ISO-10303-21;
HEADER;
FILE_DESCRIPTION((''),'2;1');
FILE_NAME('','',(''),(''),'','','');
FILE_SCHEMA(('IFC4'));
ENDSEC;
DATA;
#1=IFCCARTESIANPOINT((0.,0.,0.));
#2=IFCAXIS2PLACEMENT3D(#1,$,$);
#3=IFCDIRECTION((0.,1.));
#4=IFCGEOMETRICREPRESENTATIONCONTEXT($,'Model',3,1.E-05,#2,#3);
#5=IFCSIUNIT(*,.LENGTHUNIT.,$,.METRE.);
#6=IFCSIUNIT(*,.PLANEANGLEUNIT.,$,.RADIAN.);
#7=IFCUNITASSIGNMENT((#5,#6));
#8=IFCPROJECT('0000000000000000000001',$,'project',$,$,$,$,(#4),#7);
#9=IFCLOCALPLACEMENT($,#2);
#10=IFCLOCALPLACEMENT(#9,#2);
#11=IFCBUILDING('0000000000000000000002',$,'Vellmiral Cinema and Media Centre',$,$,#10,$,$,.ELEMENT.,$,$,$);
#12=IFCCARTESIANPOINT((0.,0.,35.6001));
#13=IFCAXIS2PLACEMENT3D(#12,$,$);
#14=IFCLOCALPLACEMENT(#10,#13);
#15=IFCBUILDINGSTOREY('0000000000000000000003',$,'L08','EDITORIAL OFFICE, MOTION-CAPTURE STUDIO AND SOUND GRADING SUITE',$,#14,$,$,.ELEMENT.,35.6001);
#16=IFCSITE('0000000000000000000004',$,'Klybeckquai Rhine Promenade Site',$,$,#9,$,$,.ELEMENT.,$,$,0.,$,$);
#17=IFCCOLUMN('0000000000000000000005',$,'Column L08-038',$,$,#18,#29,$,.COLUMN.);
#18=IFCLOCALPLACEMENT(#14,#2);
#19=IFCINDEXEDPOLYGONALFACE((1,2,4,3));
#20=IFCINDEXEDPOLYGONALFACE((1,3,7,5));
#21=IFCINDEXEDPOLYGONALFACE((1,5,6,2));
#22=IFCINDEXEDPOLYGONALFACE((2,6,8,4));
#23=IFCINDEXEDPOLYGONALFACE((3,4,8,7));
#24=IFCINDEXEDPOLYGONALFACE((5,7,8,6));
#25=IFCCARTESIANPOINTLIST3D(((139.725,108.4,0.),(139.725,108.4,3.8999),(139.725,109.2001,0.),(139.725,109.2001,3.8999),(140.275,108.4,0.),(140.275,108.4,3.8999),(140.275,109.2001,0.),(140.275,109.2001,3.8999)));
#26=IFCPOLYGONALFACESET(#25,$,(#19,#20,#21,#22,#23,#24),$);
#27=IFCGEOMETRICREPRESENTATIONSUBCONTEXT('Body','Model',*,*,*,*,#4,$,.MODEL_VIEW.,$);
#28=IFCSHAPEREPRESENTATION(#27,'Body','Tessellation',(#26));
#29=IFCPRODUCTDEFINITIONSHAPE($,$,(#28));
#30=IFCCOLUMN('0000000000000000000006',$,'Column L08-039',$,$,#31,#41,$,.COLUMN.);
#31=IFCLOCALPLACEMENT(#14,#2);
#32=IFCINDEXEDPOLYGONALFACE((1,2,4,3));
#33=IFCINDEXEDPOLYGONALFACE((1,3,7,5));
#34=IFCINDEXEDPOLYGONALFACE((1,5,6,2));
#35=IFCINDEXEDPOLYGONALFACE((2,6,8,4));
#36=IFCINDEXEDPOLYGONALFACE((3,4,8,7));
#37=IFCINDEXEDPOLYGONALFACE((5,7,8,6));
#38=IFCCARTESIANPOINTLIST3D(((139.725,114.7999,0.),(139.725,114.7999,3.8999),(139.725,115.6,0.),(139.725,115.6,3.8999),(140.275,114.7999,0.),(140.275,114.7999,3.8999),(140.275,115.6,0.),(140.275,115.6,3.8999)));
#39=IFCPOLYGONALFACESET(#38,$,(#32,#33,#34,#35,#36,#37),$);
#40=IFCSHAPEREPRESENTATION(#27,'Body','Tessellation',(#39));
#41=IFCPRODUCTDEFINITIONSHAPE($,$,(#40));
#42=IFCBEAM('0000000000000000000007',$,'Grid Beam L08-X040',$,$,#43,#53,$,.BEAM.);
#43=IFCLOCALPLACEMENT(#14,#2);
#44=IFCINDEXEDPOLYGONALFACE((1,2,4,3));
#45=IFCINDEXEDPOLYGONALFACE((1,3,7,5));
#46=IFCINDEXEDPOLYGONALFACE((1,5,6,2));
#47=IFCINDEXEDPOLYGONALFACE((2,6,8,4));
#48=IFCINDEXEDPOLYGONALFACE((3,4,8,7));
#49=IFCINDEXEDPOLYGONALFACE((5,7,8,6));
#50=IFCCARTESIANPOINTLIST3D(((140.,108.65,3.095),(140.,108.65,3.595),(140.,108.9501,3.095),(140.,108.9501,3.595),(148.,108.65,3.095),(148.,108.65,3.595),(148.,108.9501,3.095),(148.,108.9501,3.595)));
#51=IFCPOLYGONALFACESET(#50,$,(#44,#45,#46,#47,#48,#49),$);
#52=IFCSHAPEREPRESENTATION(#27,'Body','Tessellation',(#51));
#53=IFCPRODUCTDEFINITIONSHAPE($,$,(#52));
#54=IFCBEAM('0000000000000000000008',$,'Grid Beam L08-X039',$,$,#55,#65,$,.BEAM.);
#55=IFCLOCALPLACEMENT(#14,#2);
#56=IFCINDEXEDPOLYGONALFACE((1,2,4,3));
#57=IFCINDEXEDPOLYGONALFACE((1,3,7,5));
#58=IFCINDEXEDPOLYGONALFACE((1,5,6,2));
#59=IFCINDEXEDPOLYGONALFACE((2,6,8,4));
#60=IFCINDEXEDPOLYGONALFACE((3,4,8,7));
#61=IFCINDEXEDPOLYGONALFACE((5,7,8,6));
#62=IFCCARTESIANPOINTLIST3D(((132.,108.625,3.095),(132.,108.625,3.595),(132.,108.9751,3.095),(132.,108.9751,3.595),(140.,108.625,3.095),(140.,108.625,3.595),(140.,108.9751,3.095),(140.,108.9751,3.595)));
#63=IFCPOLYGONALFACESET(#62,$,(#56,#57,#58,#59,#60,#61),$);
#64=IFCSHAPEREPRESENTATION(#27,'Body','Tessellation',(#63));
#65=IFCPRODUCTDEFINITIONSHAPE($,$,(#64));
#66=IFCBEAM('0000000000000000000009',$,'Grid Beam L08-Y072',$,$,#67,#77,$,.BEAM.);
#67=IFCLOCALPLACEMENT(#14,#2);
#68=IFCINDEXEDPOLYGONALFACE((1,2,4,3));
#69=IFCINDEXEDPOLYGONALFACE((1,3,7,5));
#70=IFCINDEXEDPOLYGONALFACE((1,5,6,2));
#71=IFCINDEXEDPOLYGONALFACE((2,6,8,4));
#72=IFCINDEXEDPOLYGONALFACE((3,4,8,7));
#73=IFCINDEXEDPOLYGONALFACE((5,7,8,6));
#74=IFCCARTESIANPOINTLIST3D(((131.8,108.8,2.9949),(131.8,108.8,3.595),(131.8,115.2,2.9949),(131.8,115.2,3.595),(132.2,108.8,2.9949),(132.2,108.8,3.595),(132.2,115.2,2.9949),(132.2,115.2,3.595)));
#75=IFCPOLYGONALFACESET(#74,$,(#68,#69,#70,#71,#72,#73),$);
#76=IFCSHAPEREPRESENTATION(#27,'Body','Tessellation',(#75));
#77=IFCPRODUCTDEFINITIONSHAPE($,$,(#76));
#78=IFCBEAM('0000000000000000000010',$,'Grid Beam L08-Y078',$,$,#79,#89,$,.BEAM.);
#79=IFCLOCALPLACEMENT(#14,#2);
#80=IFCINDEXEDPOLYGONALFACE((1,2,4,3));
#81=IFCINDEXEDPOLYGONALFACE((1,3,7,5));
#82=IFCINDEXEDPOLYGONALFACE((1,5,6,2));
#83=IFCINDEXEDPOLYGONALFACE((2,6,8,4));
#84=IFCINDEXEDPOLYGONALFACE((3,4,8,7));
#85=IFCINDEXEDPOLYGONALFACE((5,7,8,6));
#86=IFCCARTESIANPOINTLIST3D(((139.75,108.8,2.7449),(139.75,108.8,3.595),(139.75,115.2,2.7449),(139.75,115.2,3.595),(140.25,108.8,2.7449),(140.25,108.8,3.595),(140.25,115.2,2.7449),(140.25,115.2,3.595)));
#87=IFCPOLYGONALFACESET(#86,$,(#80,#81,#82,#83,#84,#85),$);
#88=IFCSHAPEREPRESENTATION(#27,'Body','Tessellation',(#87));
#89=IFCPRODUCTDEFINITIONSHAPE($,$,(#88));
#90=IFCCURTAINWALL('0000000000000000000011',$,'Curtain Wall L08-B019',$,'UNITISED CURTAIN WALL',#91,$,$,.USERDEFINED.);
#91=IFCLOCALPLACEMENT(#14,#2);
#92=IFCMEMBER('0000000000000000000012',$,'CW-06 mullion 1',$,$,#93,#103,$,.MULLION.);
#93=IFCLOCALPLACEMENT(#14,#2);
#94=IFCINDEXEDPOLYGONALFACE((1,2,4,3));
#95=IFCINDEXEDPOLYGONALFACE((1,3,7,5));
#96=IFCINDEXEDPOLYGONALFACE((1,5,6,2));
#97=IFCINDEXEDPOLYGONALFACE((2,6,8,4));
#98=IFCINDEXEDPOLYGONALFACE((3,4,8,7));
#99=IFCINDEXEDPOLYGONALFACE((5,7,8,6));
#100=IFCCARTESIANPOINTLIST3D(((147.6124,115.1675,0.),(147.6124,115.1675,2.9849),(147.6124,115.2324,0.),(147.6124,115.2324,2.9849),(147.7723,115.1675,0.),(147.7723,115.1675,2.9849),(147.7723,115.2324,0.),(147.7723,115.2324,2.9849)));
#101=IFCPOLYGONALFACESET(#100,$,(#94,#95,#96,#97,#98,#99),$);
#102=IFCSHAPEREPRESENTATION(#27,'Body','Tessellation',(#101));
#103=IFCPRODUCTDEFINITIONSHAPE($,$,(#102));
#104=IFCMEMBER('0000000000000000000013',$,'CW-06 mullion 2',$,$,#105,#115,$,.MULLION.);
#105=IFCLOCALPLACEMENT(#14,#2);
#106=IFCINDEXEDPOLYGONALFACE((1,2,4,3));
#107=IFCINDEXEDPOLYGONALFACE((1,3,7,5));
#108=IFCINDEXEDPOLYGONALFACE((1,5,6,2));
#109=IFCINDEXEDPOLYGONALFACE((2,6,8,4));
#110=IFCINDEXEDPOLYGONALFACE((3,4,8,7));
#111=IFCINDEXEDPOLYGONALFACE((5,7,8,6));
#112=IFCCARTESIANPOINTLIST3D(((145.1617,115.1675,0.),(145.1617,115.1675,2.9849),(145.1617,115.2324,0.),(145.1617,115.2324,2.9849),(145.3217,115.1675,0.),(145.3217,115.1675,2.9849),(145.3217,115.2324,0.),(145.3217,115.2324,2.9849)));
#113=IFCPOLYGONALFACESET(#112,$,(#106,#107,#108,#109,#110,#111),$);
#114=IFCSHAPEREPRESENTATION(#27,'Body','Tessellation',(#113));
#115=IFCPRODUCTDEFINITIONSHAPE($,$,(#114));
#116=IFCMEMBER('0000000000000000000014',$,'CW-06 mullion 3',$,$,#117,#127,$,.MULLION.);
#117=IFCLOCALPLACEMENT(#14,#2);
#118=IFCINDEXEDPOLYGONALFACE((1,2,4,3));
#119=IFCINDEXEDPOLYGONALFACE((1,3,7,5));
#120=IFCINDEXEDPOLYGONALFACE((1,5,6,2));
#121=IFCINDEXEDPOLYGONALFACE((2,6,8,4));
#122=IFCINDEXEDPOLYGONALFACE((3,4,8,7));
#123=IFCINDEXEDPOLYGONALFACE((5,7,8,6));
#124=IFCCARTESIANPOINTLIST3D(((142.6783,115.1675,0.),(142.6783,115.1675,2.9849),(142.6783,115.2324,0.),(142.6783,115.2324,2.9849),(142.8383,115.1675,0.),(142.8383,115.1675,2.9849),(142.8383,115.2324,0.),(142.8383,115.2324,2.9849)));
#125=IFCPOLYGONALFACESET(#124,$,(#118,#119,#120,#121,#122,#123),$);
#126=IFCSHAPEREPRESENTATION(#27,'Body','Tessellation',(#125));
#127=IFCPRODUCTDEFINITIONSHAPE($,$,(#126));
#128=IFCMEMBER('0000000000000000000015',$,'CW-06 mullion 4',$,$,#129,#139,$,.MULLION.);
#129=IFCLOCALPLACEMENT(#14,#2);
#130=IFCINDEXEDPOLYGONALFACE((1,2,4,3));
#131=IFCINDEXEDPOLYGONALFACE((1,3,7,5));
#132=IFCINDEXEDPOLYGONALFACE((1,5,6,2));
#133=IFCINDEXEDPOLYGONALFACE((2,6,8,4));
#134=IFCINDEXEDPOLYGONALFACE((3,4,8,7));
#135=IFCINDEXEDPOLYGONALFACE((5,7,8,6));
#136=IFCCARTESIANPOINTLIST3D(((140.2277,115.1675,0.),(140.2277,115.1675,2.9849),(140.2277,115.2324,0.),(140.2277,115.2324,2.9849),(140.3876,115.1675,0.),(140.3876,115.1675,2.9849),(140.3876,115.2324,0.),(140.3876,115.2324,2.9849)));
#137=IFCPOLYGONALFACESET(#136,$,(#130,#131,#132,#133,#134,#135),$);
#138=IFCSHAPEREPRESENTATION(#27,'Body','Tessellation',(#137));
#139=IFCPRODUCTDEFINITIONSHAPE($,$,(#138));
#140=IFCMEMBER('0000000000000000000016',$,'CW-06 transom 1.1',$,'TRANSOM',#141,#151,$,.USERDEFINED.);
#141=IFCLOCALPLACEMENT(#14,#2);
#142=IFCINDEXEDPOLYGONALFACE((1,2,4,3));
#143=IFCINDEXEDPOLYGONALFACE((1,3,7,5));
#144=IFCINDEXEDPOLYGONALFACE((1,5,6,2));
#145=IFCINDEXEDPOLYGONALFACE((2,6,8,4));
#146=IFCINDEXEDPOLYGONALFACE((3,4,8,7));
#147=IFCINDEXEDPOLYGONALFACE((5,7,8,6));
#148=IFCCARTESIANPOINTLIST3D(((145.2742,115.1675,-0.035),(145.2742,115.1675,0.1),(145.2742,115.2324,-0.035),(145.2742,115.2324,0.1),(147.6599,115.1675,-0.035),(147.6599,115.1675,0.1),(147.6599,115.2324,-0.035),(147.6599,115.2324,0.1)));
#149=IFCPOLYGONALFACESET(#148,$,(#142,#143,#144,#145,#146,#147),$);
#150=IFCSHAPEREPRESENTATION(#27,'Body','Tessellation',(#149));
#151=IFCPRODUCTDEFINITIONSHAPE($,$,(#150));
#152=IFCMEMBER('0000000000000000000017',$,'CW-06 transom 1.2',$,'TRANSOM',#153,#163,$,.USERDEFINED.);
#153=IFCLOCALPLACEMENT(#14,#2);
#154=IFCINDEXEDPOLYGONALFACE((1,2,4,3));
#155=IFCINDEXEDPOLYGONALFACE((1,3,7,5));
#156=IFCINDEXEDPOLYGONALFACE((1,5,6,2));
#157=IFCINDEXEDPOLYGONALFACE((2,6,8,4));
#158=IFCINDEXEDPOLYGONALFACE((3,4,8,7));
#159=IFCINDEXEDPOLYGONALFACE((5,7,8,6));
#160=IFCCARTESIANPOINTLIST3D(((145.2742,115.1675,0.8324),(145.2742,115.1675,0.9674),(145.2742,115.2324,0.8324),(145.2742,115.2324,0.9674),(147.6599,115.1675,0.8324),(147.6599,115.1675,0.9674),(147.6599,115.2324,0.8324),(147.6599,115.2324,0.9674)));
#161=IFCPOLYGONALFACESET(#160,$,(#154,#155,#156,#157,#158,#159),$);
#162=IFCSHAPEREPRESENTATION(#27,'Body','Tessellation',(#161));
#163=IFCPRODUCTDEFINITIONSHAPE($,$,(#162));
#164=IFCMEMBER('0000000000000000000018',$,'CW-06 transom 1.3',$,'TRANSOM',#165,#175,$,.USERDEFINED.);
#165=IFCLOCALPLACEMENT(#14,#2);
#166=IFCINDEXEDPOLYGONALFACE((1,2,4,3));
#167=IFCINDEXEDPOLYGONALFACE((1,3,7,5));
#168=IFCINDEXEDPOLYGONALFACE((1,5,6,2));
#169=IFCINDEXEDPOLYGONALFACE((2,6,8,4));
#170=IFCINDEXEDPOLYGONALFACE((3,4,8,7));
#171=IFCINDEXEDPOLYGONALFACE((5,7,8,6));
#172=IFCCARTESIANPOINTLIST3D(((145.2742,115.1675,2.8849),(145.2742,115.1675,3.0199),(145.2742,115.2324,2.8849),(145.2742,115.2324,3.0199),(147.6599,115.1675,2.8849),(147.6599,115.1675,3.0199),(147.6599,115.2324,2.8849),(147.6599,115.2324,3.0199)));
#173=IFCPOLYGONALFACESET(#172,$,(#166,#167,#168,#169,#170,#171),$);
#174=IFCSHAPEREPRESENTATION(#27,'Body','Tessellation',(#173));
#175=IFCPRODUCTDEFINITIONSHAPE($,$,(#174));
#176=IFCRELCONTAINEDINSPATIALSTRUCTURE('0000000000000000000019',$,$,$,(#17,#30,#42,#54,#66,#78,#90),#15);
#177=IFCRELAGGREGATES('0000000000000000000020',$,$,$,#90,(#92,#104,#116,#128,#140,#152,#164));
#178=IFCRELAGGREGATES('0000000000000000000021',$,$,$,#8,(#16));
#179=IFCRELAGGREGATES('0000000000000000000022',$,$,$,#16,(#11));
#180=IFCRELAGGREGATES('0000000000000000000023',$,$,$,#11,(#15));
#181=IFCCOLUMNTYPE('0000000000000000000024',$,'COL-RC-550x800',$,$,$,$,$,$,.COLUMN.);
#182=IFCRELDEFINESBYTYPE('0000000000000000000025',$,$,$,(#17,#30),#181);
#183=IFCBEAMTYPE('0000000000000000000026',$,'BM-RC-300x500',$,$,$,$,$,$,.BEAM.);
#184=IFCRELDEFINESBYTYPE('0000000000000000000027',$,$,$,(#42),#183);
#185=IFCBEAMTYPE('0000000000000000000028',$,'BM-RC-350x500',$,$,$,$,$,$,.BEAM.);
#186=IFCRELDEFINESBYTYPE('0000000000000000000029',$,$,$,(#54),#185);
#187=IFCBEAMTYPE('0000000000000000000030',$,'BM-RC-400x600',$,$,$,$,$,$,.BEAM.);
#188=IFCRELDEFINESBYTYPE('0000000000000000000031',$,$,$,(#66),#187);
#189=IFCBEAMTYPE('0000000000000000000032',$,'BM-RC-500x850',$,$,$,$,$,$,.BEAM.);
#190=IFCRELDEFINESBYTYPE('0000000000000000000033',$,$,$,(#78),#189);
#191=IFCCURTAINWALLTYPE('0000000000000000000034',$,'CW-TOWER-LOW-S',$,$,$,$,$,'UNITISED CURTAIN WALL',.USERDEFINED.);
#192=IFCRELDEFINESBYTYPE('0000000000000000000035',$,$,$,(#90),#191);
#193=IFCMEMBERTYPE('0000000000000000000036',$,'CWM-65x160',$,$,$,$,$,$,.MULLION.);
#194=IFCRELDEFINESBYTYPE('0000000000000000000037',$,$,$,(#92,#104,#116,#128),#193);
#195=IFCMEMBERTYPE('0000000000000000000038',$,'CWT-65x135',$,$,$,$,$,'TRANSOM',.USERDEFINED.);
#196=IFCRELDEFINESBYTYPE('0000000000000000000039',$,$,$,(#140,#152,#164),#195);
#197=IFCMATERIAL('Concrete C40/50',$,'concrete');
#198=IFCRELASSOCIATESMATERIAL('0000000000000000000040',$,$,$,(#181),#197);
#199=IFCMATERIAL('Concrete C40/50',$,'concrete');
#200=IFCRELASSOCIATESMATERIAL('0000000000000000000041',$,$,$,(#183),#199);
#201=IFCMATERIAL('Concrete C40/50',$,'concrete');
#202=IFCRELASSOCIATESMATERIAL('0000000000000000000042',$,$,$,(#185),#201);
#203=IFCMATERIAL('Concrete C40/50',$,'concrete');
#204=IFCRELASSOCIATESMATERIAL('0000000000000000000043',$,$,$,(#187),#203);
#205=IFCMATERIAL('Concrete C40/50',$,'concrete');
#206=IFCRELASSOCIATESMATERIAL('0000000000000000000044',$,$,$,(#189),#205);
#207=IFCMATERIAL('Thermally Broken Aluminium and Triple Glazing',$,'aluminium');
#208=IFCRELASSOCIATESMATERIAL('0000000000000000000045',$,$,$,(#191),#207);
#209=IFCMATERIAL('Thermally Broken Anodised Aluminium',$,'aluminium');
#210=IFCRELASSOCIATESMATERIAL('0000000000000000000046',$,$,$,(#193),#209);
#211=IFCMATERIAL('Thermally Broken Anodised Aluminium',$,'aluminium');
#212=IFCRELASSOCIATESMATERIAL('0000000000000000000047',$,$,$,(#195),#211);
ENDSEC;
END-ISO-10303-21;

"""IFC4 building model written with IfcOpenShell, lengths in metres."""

from ifc_helpers import new_model, si_unit, direction, frame, origin, origin_2d, place, context, subcontext, project, spatial, rectangle, extrude, material, material_profile, profile_set, type_object, element, aggregate, save


model = new_model("IFC4")

# Units and contexts
model_context = context("Model", 3, precision=1e-05, world=origin(), true_north=direction((0.0, 1.0)))
body_context = subcontext(model_context, "Body", "Model", "MODEL_VIEW")
ifc_project = project(units=[si_unit("LENGTHUNIT", "METRE"), si_unit("PLANEANGLEUNIT", "RADIAN")], contexts=[model_context])

# Site, building, storey
site_placement = place(None, origin())
site = spatial("IfcSite", under=ifc_project, at=site_placement, Name="Klybeckquai Rhine Promenade Site", CompositionType="ELEMENT", RefElevation=0.0)
building_placement = place(site_placement, origin())
building = spatial("IfcBuilding", under=site, at=building_placement, Name="Vellmiral Cinema and Media Centre", CompositionType="ELEMENT")
storey_placement = place(building_placement, frame((0.0, 0.0, 35.6001)))
storey = spatial("IfcBuildingStorey", under=building, at=storey_placement, Name="L08", Description="EDITORIAL OFFICE, MOTION-CAPTURE STUDIO AND SOUND GRADING SUITE", CompositionType="ELEMENT", Elevation=35.6001)

# Columns
ifc_material_1 = material(Name="Concrete C40/50", Category="concrete")
ifc_material_profile_1 = material_profile(ifc_material_1, rectangle(XDim=0.55, YDim=0.8, at=origin_2d()), Name="RC 550x800")
ifc_profile_set_1 = profile_set([ifc_material_profile_1], Name="Concrete C40/50")
column_type = type_object("IfcColumnType", Name="COL-RC-550x800", PredefinedType="COLUMN", material=ifc_profile_set_1)
for number, where, z_axis, x_axis, name in (
    (1, (140.0, 108.8, 0.0), (0.0, 0.0, 1.0), (1.0, 0.0, 0.0), "Column L08-038"),
    (2, (140.0, 115.2, 0.0), (0.0, 0.0, 1.0), (1.0, 0.0, 0.0), "Column L08-039"),
):
    element("IfcColumn", number, at=place(storey_placement, frame(where, z_axis=z_axis, x_axis=x_axis)), inside=storey, type_object=column_type, Name=name, PredefinedType="COLUMN", context=body_context, shape_type="SweptSolid", body=[
        extrude(rectangle(XDim=0.55, YDim=0.8, at=origin_2d()), origin(), (0.0, 0.0, 1.0), 3.8999),
    ])

# Beams
ifc_material_2 = material(Name="Concrete C40/50", Category="concrete")
ifc_material_profile_2 = material_profile(ifc_material_2, rectangle(XDim=0.3, YDim=0.5, at=origin_2d()), Name="RC 300x500")
ifc_profile_set_2 = profile_set([ifc_material_profile_2], Name="Concrete C40/50")
beam_type_1 = type_object("IfcBeamType", Name="BM-RC-300x500", PredefinedType="BEAM", material=ifc_profile_set_2)
beam_1_placement = place(storey_placement, frame((140.0, 108.8, 3.345), z_axis=(1.0, 0.0, 0.0), x_axis=(0.0, 1.0, 0.0)))
element("IfcBeam", 3, at=beam_1_placement, inside=storey, type_object=beam_type_1, Name="Grid Beam L08-X040", PredefinedType="BEAM", context=body_context, shape_type="SweptSolid", body=[
    extrude(rectangle(XDim=0.3, YDim=0.5, at=origin_2d()), origin(), (0.0, 0.0, 1.0), 8.0),
])
ifc_material_3 = material(Name="Concrete C40/50", Category="concrete")
ifc_material_profile_3 = material_profile(ifc_material_3, rectangle(XDim=0.3501, YDim=0.5, at=origin_2d()), Name="RC 350x500")
ifc_profile_set_3 = profile_set([ifc_material_profile_3], Name="Concrete C40/50")
beam_type_2 = type_object("IfcBeamType", Name="BM-RC-350x500", PredefinedType="BEAM", material=ifc_profile_set_3)
beam_2_placement = place(storey_placement, frame((132.0, 108.8, 3.345), z_axis=(1.0, 0.0, 0.0), x_axis=(0.0, 1.0, 0.0)))
element("IfcBeam", 4, at=beam_2_placement, inside=storey, type_object=beam_type_2, Name="Grid Beam L08-X039", PredefinedType="BEAM", context=body_context, shape_type="SweptSolid", body=[
    extrude(rectangle(XDim=0.3501, YDim=0.5, at=origin_2d()), origin(), (0.0, 0.0, 1.0), 8.0),
])
ifc_material_4 = material(Name="Concrete C40/50", Category="concrete")
ifc_material_profile_4 = material_profile(ifc_material_4, rectangle(XDim=0.3999, YDim=0.6001, at=origin_2d()), Name="RC 400x600")
ifc_profile_set_4 = profile_set([ifc_material_profile_4], Name="Concrete C40/50")
beam_type_3 = type_object("IfcBeamType", Name="BM-RC-400x600", PredefinedType="BEAM", material=ifc_profile_set_4)
beam_3_placement = place(storey_placement, frame((132.0, 108.8, 3.2949), z_axis=(0.0, 1.0, 0.0), x_axis=(-1.0, 0.0, 0.0)))
element("IfcBeam", 5, at=beam_3_placement, inside=storey, type_object=beam_type_3, Name="Grid Beam L08-Y072", PredefinedType="BEAM", context=body_context, shape_type="SweptSolid", body=[
    extrude(rectangle(XDim=0.3999, YDim=0.6001, at=origin_2d()), origin(), (0.0, 0.0, 1.0), 6.3999),
])
ifc_material_5 = material(Name="Concrete C40/50", Category="concrete")
ifc_material_profile_5 = material_profile(ifc_material_5, rectangle(XDim=0.5, YDim=0.8501, at=origin_2d()), Name="RC 500x850")
ifc_profile_set_5 = profile_set([ifc_material_profile_5], Name="Concrete C40/50")
beam_type_4 = type_object("IfcBeamType", Name="BM-RC-500x850", PredefinedType="BEAM", material=ifc_profile_set_5)
beam_4_placement = place(storey_placement, frame((140.0, 108.8, 3.1699), z_axis=(0.0, 1.0, 0.0), x_axis=(-1.0, 0.0, 0.0)))
element("IfcBeam", 6, at=beam_4_placement, inside=storey, type_object=beam_type_4, Name="Grid Beam L08-Y078", PredefinedType="BEAM", context=body_context, shape_type="SweptSolid", body=[
    extrude(rectangle(XDim=0.5, YDim=0.8501, at=origin_2d()), origin(), (0.0, 0.0, 1.0), 6.3999),
])

# Curtain wall, members
ifc_material_6 = material(Name="Thermally Broken Aluminium and Triple Glazing", Category="aluminium")
curtain_wall_type = type_object("IfcCurtainWallType", Name="CW-TOWER-LOW-S", ElementType="UNITISED CURTAIN WALL", PredefinedType="USERDEFINED", material=ifc_material_6)
curtain_wall_placement = place(storey_placement, origin())
curtain_wall = element("IfcCurtainWall", 7, at=curtain_wall_placement, inside=storey, type_object=curtain_wall_type, Name="Curtain Wall L08-B019", ObjectType="UNITISED CURTAIN WALL", PredefinedType="USERDEFINED")
ifc_material_7 = material(Name="Thermally Broken Anodised Aluminium", Category="aluminium")
ifc_material_profile_6 = material_profile(ifc_material_7, rectangle(XDim=0.0649, YDim=0.1599, at=origin_2d()), Name="MULL 65x160")
ifc_profile_set_6 = profile_set([ifc_material_profile_6], Name="Thermally Broken Anodised Aluminium")
member_type_1 = type_object("IfcMemberType", Name="CWM-65x160", PredefinedType="MULLION", material=ifc_profile_set_6)
member_1_placement = place(storey_placement, frame((147.6924, 115.2, 0.0), z_axis=(0.0, 0.0, 1.0), x_axis=(0.0, -1.0, 0.0)))
member_1 = element("IfcMember", 8, at=member_1_placement, type_object=member_type_1, Name="CW-06 mullion 1", PredefinedType="MULLION", context=body_context, shape_type="SweptSolid", body=[
    extrude(rectangle(XDim=0.0649, YDim=0.1599, at=origin_2d()), origin(), (0.0, 0.0, 1.0), 2.9849),
])
member_2_placement = place(storey_placement, frame((145.2417, 115.2, 0.0), z_axis=(0.0, 0.0, 1.0), x_axis=(0.0, -1.0, 0.0)))
member_2 = element("IfcMember", 9, at=member_2_placement, type_object=member_type_1, Name="CW-06 mullion 2", PredefinedType="MULLION", context=body_context, shape_type="SweptSolid", body=[
    extrude(rectangle(XDim=0.0649, YDim=0.1599, at=origin_2d()), origin(), (0.0, 0.0, 1.0), 2.9849),
])
member_3_placement = place(storey_placement, frame((142.7583, 115.2, 0.0), z_axis=(0.0, 0.0, 1.0), x_axis=(0.0, -1.0, 0.0)))
member_3 = element("IfcMember", 10, at=member_3_placement, type_object=member_type_1, Name="CW-06 mullion 3", PredefinedType="MULLION", context=body_context, shape_type="SweptSolid", body=[
    extrude(rectangle(XDim=0.0649, YDim=0.1599, at=origin_2d()), origin(), (0.0, 0.0, 1.0), 2.9849),
])
member_4_placement = place(storey_placement, frame((140.3076, 115.2, 0.0), z_axis=(0.0, 0.0, 1.0), x_axis=(0.0, -1.0, 0.0)))
member_4 = element("IfcMember", 11, at=member_4_placement, type_object=member_type_1, Name="CW-06 mullion 4", PredefinedType="MULLION", context=body_context, shape_type="SweptSolid", body=[
    extrude(rectangle(XDim=0.0649, YDim=0.1599, at=origin_2d()), origin(), (0.0, 0.0, 1.0), 2.9849),
])
ifc_material_8 = material(Name="Thermally Broken Anodised Aluminium", Category="aluminium")
ifc_material_profile_7 = material_profile(ifc_material_8, rectangle(XDim=0.0649, YDim=0.135, at=origin_2d()), Name="MULL 65x135")
ifc_profile_set_7 = profile_set([ifc_material_profile_7], Name="Thermally Broken Anodised Aluminium")
member_type_2 = type_object("IfcMemberType", Name="CWT-65x135", ElementType="TRANSOM", PredefinedType="USERDEFINED", material=ifc_profile_set_7)
member_5_placement = place(storey_placement, frame((147.6599, 115.2, 0.0325), z_axis=(-1.0, 0.0, 0.0), x_axis=(0.0, -1.0, 0.0)))
member_5 = element("IfcMember", 12, at=member_5_placement, type_object=member_type_2, Name="CW-06 transom 1.1", ObjectType="TRANSOM", PredefinedType="USERDEFINED", context=body_context, shape_type="SweptSolid", body=[
    extrude(rectangle(XDim=0.0649, YDim=0.135, at=origin_2d()), origin(), (0.0, 0.0, 1.0), 2.3857),
])
member_6_placement = place(storey_placement, frame((147.6599, 115.2, 0.8999), z_axis=(-1.0, 0.0, 0.0), x_axis=(0.0, -1.0, 0.0)))
member_6 = element("IfcMember", 13, at=member_6_placement, type_object=member_type_2, Name="CW-06 transom 1.2", ObjectType="TRANSOM", PredefinedType="USERDEFINED", context=body_context, shape_type="SweptSolid", body=[
    extrude(rectangle(XDim=0.0649, YDim=0.135, at=origin_2d()), origin(), (0.0, 0.0, 1.0), 2.3857),
])
member_7_placement = place(storey_placement, frame((147.6599, 115.2, 2.9524), z_axis=(-1.0, 0.0, 0.0), x_axis=(0.0, -1.0, 0.0)))
member_7 = element("IfcMember", 14, at=member_7_placement, type_object=member_type_2, Name="CW-06 transom 1.3", ObjectType="TRANSOM", PredefinedType="USERDEFINED", context=body_context, shape_type="SweptSolid", body=[
    extrude(rectangle(XDim=0.0649, YDim=0.135, at=origin_2d()), origin(), (0.0, 0.0, 1.0), 2.3857),
])

aggregate(curtain_wall, [member_1, member_2, member_3, member_4, member_5, member_6, member_7])

save(model, "model.ifc")
